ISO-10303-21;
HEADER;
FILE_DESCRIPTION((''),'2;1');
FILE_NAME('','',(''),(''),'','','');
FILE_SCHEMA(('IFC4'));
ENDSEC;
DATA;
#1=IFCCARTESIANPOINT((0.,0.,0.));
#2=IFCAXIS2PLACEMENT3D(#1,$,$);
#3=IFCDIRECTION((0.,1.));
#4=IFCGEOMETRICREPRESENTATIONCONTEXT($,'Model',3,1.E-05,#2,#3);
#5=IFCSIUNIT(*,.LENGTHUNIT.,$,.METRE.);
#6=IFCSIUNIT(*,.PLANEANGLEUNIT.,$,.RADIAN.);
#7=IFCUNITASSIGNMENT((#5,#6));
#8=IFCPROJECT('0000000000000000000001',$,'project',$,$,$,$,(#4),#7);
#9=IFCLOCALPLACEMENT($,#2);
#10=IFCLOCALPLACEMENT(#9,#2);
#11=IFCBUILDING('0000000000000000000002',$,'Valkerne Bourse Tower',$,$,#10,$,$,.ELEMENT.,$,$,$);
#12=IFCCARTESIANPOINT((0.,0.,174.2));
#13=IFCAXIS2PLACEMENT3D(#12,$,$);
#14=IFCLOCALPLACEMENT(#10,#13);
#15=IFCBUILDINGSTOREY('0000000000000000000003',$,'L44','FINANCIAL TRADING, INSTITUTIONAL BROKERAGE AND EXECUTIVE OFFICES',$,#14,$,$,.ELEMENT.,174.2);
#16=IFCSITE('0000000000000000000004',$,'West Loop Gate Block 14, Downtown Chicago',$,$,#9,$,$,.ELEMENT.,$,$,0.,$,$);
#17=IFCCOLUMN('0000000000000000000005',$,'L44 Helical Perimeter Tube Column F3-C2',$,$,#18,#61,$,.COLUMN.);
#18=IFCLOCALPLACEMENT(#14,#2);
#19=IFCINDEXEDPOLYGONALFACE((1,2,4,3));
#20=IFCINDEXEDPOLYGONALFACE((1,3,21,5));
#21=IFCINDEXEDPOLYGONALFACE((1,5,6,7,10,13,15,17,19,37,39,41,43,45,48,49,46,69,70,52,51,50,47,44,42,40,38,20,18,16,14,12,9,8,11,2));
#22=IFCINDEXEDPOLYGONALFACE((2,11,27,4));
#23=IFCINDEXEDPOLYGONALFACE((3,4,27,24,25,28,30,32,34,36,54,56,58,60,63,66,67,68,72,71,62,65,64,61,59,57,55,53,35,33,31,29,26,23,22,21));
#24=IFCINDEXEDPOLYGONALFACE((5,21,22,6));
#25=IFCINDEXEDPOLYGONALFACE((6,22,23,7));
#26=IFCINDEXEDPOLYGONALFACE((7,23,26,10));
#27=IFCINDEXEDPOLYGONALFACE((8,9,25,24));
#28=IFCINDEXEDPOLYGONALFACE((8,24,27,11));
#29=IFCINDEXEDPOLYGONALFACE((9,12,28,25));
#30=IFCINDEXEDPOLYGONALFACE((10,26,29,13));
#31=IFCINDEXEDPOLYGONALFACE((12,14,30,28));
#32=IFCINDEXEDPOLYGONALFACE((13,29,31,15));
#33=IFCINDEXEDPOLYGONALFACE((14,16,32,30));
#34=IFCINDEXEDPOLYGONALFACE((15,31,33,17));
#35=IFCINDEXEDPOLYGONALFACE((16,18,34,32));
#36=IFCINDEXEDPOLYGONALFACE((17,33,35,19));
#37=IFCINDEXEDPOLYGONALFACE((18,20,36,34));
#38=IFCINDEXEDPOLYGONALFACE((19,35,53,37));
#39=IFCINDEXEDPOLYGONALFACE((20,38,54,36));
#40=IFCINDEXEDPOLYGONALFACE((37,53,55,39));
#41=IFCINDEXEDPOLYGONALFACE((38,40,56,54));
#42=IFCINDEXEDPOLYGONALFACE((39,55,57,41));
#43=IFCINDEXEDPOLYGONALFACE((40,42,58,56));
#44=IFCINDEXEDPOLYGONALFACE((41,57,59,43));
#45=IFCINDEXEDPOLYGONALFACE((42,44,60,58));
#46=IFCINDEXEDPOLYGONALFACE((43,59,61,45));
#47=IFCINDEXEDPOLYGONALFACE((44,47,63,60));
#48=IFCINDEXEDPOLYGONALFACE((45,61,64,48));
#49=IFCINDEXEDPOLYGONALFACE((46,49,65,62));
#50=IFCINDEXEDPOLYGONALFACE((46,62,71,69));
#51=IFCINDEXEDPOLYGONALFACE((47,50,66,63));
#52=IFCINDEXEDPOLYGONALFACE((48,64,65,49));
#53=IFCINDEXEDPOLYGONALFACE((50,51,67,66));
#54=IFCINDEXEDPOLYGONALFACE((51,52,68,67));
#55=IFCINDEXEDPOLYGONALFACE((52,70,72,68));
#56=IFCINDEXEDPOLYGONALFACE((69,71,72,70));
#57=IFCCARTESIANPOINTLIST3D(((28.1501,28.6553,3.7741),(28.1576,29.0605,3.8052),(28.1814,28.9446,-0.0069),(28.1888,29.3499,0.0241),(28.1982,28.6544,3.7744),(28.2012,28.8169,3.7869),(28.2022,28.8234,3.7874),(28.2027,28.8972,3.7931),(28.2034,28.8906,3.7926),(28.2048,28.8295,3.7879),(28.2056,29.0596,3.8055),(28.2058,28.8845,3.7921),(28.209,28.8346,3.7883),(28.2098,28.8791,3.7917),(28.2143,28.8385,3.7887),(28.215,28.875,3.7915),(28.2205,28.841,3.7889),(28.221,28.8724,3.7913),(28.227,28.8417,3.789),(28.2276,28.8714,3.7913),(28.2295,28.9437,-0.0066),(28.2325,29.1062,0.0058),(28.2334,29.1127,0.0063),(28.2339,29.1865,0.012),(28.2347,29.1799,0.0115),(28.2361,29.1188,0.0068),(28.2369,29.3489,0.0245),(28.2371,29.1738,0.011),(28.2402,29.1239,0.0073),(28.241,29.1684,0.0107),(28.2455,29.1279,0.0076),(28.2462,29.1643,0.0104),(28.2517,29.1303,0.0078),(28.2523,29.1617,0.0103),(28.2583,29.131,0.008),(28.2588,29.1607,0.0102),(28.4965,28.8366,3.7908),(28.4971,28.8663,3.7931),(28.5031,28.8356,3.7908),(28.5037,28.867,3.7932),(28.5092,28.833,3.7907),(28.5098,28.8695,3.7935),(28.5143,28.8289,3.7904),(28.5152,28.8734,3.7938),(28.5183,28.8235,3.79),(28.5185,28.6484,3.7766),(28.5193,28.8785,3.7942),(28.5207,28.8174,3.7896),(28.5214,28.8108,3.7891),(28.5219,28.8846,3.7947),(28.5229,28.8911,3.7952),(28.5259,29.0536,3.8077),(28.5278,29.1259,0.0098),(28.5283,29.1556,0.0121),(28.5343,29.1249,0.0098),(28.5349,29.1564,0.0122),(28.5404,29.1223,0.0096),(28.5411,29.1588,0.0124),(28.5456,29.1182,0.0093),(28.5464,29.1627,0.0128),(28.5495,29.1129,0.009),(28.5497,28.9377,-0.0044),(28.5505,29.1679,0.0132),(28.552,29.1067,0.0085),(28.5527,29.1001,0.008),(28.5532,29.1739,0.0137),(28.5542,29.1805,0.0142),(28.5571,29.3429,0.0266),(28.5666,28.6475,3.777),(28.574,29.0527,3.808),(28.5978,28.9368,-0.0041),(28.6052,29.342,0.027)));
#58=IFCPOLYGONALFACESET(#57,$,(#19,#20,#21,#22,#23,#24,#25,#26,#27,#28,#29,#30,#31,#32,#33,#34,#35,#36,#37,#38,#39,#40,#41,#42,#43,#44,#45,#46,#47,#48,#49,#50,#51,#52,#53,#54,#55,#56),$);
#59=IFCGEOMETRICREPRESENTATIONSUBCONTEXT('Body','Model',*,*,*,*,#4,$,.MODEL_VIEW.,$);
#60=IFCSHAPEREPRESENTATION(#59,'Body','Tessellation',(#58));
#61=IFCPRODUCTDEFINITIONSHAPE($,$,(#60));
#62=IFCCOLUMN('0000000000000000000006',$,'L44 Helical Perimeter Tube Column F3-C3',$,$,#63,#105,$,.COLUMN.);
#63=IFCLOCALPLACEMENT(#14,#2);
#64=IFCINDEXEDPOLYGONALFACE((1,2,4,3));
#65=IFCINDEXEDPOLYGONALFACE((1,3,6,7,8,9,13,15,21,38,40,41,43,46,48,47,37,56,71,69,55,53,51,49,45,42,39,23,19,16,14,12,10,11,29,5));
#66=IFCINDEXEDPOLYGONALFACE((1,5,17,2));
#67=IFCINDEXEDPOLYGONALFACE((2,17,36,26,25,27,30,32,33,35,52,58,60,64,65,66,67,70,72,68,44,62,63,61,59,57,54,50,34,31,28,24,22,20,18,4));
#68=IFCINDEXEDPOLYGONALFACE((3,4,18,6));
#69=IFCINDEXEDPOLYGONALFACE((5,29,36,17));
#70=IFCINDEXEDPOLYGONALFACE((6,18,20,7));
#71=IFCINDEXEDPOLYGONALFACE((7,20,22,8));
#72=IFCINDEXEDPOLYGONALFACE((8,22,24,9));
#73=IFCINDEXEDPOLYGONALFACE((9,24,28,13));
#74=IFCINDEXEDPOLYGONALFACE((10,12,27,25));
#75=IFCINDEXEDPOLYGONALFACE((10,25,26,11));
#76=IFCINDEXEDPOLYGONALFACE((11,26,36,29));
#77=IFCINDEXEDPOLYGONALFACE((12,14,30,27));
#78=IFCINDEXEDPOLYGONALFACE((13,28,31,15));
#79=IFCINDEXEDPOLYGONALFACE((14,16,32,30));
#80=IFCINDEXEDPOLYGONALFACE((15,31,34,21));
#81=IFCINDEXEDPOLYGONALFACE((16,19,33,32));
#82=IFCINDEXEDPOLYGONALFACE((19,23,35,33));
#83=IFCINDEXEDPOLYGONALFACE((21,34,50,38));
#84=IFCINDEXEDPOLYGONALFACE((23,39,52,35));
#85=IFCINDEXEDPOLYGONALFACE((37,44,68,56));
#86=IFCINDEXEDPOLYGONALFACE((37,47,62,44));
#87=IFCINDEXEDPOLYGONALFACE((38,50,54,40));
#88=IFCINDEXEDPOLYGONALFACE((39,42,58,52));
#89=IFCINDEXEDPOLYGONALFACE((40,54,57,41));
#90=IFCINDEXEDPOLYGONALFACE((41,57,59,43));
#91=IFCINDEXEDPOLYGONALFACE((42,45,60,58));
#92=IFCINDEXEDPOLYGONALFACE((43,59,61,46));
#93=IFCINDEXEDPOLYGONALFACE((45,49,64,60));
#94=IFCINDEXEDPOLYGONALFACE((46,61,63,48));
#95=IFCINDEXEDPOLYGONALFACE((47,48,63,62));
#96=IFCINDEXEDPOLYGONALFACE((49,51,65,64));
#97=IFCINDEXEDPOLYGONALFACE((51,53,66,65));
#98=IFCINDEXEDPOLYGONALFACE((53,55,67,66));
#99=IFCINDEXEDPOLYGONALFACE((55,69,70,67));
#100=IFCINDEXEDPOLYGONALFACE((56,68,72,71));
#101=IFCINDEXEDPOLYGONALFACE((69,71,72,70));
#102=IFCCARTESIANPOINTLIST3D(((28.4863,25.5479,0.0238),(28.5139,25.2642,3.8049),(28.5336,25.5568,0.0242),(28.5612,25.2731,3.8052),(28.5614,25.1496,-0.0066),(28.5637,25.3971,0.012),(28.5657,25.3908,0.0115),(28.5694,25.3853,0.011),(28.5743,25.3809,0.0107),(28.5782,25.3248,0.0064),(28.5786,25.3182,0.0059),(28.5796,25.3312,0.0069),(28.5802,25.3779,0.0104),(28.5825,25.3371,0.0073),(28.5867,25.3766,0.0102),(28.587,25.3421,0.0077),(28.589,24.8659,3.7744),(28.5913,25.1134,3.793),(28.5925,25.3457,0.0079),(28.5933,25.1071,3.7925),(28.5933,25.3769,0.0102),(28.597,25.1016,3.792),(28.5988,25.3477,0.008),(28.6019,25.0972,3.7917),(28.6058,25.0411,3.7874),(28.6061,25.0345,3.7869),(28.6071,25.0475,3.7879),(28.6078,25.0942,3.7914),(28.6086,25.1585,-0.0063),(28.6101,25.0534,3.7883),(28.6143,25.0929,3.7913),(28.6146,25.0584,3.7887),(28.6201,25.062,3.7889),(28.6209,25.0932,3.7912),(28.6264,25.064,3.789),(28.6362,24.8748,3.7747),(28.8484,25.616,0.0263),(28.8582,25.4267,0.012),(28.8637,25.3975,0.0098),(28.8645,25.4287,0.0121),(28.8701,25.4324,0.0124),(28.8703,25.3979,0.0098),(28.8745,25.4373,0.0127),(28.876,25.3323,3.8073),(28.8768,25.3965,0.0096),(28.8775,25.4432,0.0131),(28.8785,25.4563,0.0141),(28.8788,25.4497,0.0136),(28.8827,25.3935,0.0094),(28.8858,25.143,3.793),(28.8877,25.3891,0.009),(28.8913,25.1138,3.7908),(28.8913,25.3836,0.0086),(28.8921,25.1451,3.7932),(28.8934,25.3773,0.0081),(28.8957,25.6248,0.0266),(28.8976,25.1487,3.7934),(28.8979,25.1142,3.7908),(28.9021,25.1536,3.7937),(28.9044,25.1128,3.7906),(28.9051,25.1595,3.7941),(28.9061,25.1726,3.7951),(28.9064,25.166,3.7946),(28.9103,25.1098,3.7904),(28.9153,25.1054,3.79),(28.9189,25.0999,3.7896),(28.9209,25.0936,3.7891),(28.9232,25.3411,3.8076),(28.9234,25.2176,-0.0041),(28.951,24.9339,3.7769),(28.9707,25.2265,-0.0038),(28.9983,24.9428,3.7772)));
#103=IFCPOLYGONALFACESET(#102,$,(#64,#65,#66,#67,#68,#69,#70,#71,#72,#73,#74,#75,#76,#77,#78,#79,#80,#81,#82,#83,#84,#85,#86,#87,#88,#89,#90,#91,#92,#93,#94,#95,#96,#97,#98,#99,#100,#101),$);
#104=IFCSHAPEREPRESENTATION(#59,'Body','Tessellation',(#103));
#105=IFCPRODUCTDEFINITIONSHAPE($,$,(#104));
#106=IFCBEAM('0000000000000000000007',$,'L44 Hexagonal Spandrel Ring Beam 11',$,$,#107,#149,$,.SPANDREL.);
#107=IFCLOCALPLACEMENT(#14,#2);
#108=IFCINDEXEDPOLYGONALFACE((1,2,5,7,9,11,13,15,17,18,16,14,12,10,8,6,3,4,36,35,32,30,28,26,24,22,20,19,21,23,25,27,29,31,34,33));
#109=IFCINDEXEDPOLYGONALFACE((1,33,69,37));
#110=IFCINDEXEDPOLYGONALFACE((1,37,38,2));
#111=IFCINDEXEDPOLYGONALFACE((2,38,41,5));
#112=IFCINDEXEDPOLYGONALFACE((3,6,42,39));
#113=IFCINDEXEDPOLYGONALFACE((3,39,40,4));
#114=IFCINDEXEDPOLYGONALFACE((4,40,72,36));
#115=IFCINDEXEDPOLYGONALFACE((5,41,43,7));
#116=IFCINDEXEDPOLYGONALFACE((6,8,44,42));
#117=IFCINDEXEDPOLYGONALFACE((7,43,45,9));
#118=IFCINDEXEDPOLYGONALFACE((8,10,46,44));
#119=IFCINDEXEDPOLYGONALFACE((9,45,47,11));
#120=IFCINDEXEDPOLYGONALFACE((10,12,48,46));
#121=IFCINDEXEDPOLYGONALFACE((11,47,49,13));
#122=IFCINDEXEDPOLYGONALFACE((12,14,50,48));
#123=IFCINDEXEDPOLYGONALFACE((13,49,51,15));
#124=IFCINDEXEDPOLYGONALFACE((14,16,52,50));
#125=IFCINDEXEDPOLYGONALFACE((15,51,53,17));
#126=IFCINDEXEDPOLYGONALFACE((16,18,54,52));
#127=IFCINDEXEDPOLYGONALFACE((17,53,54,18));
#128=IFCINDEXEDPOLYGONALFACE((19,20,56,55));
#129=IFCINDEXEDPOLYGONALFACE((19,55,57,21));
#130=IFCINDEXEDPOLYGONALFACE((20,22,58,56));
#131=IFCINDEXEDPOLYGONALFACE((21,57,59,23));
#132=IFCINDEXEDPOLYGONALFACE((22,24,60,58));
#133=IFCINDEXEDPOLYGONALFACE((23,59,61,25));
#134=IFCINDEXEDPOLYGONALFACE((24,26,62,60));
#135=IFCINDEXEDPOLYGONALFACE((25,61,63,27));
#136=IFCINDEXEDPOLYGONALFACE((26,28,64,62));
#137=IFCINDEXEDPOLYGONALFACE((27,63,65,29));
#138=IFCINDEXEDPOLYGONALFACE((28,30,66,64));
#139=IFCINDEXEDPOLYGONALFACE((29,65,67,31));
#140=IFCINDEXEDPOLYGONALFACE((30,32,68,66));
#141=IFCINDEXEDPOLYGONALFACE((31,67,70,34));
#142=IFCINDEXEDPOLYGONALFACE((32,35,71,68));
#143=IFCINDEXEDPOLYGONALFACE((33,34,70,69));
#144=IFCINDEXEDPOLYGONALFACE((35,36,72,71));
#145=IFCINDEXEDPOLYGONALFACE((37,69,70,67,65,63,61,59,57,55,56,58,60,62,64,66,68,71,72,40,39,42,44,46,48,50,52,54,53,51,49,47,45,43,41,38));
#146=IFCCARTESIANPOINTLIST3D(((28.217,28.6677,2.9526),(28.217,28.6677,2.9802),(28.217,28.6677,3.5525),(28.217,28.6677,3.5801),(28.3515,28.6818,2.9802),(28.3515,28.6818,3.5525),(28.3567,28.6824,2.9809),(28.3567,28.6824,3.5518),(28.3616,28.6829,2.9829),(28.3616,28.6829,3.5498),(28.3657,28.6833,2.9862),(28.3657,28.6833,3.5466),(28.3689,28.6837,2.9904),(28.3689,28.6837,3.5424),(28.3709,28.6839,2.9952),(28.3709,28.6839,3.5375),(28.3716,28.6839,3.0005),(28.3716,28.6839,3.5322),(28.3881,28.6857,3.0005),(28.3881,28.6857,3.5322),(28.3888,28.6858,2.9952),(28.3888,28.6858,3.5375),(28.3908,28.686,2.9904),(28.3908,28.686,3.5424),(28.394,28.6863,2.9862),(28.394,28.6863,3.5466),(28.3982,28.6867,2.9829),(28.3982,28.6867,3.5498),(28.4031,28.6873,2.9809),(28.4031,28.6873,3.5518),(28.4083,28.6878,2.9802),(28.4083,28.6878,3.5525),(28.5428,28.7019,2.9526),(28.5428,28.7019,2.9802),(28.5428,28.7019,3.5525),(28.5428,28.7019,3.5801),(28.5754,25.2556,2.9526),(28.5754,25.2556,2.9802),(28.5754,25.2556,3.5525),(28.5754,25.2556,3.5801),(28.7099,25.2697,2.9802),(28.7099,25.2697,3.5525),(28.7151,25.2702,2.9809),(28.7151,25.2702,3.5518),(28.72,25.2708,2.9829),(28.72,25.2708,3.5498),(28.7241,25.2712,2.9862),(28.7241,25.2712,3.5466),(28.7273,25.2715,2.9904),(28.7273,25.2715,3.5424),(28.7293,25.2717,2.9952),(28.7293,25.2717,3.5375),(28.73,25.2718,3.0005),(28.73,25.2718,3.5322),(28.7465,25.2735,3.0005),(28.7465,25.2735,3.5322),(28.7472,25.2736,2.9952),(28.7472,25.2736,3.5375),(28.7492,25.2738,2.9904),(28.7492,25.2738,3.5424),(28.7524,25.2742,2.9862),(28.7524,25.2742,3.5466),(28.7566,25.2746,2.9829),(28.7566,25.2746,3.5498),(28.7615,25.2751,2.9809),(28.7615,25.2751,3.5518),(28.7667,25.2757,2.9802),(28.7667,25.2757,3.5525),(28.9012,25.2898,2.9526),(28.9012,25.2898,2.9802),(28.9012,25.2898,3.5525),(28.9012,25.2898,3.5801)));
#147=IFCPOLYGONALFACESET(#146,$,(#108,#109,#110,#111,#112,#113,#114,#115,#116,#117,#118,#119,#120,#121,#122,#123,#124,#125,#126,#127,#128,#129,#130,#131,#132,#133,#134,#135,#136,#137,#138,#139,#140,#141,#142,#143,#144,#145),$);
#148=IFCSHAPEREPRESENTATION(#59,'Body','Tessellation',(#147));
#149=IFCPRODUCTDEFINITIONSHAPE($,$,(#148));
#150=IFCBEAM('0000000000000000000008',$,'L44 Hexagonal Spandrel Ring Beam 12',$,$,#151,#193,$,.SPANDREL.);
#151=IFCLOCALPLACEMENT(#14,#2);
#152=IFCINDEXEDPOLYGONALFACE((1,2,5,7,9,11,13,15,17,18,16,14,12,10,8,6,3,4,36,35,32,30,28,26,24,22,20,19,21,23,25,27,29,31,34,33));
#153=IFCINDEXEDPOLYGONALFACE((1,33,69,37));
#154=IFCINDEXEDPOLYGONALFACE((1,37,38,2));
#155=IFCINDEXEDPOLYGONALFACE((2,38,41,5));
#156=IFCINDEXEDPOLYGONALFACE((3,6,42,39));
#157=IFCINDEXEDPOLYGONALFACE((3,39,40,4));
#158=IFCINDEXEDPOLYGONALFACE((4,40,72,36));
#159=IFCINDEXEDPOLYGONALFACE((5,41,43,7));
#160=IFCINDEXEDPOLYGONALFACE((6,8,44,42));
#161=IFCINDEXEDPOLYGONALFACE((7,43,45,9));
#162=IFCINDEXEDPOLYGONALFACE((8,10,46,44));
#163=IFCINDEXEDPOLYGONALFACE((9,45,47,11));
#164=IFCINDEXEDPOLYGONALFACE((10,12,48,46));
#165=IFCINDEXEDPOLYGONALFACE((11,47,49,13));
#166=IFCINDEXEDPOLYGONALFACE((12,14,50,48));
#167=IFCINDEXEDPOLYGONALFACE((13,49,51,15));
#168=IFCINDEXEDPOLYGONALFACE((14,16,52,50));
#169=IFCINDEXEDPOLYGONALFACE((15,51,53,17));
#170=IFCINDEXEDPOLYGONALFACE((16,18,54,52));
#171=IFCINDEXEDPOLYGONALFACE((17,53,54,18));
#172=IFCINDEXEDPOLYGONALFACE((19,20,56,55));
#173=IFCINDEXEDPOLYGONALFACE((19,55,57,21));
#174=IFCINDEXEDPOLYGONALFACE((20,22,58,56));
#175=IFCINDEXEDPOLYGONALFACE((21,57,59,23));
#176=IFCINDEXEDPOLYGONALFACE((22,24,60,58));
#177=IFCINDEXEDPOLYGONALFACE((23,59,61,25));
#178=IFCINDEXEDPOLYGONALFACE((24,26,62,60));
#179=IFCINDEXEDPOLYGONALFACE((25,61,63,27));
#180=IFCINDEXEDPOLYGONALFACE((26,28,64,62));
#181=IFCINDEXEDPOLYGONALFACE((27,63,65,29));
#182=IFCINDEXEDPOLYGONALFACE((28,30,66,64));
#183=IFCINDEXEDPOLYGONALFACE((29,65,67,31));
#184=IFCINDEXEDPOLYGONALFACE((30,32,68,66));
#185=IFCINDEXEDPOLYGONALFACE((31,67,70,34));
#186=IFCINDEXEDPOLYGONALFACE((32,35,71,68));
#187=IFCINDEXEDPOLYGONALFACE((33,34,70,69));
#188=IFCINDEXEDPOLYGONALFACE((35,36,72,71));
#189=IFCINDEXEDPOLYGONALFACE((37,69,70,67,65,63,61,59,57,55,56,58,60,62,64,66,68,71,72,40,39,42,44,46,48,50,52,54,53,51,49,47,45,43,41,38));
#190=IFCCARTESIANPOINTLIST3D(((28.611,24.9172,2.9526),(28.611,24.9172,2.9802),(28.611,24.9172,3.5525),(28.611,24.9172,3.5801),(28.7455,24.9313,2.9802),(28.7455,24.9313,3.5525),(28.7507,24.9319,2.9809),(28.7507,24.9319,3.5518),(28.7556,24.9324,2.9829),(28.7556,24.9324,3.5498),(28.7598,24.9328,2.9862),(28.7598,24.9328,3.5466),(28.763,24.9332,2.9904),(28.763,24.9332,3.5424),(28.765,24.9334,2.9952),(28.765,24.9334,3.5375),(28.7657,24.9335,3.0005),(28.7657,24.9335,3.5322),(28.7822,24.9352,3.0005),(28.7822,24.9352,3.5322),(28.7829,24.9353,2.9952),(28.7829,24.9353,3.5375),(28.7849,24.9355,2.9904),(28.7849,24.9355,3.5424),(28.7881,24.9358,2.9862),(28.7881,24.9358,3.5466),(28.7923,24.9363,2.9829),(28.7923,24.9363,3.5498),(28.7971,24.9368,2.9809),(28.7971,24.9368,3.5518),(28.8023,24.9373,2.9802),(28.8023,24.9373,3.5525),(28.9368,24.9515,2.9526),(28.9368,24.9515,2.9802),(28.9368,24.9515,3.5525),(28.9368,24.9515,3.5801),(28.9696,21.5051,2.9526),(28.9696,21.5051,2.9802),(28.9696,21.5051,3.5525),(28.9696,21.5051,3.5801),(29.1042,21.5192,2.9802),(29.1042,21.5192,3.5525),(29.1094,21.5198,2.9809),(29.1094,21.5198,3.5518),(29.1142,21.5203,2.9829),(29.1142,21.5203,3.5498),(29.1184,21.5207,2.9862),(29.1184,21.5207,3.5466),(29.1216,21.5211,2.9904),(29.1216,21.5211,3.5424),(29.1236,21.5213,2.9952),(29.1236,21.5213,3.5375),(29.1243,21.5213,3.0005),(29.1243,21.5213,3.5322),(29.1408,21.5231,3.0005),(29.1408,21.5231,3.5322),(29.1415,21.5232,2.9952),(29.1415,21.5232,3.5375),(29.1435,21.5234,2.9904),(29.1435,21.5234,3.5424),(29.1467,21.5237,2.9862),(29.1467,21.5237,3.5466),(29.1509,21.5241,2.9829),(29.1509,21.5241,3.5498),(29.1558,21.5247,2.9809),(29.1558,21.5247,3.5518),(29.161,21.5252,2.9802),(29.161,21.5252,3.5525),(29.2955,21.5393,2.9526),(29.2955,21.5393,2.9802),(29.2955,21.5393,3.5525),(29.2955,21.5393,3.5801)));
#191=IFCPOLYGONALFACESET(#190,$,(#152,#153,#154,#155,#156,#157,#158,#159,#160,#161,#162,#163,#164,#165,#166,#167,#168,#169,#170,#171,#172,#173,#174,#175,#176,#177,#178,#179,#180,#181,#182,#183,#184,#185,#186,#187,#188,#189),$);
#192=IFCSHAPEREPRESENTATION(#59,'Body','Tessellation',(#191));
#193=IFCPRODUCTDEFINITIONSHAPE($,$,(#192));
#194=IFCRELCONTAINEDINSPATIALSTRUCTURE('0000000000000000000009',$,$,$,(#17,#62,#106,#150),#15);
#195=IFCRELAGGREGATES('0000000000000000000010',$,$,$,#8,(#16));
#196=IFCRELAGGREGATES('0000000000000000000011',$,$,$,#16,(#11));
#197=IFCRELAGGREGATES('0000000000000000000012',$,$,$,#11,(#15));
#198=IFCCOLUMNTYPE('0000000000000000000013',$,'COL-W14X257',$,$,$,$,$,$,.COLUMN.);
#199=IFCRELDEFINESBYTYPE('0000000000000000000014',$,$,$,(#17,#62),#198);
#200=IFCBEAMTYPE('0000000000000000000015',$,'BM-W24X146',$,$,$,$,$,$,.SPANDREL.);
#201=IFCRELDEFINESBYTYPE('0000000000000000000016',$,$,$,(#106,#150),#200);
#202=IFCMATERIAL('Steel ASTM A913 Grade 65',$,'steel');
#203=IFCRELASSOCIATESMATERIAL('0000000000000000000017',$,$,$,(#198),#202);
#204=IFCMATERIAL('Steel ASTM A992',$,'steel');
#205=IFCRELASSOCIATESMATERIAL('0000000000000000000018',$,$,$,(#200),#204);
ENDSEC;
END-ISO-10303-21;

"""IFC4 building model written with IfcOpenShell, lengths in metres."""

from ifc_helpers import new_model, si_unit, direction, frame, origin, origin_2d, place, context, subcontext, project, spatial, i_section, extrude, material, material_profile, profile_set, type_object, element, save


model = new_model("IFC4")

# Units and contexts
model_context = context("Model", 3, precision=1e-05, world=origin(), true_north=direction((0.0, 1.0)))
body_context = subcontext(model_context, "Body", "Model", "MODEL_VIEW")
ifc_project = project(units=[si_unit("LENGTHUNIT", "METRE"), si_unit("PLANEANGLEUNIT", "RADIAN")], contexts=[model_context])

# Site, building, storey
site_placement = place(None, origin())
site = spatial("IfcSite", under=ifc_project, at=site_placement, Name="West Loop Gate Block 14, Downtown Chicago", CompositionType="ELEMENT", RefElevation=0.0)
building_placement = place(site_placement, origin())
building = spatial("IfcBuilding", under=site, at=building_placement, Name="Valkerne Bourse Tower", CompositionType="ELEMENT")
storey_placement = place(building_placement, frame((0.0, 0.0, 174.2)))
storey = spatial("IfcBuildingStorey", under=building, at=storey_placement, Name="L44", Description="FINANCIAL TRADING, INSTITUTIONAL BROKERAGE AND EXECUTIVE OFFICES", CompositionType="ELEMENT", Elevation=174.2)

# Columns
ifc_material_1 = material(Name="Steel ASTM A913 Grade 65", Category="steel")
ifc_material_profile_1 = material_profile(ifc_material_1, i_section(OverallWidth=0.4065, OverallDepth=0.4165, WebThickness=0.0298, FlangeThickness=0.0481, FilletRadius=0.0254, at=origin_2d()), Name="W14X257")
ifc_profile_set_1 = profile_set([ifc_material_profile_1], Name="Steel ASTM A913 Grade 65")
column_type = type_object("IfcColumnType", Name="COL-W14X257", PredefinedType="COLUMN", material=ifc_profile_set_1)
column_1_placement = place(storey_placement, frame((28.3933, 29.1433, 0.01), z_axis=(-0.008241, -0.07629, 0.997052), x_axis=(-0.018271, -0.996908, -0.07643)))
element("IfcColumn", 1, at=column_1_placement, inside=storey, type_object=column_type, Name="L44 Helical Perimeter Tube Column F3-C2", PredefinedType="COLUMN", context=body_context, shape_type="SweptSolid", body=[
    extrude(i_section(OverallWidth=0.4065, OverallDepth=0.4165, WebThickness=0.0298, FlangeThickness=0.0481, FilletRadius=0.0254, at=origin_2d()), origin(), (0.0, 0.0, 1.0), 3.7922),
])
column_2_placement = place(storey_placement, frame((28.7285, 25.3872, 0.01), z_axis=(0.007276, -0.074818, 0.997171), x_axis=(0.184611, -0.979956, -0.074874)))
element("IfcColumn", 2, at=column_2_placement, inside=storey, type_object=column_type, Name="L44 Helical Perimeter Tube Column F3-C3", PredefinedType="COLUMN", context=body_context, shape_type="SweptSolid", body=[
    extrude(i_section(OverallWidth=0.4065, OverallDepth=0.4165, WebThickness=0.0298, FlangeThickness=0.0481, FilletRadius=0.0254, at=origin_2d()), origin(), (0.0, 0.0, 1.0), 3.7917),
])

# Beams
ifc_material_2 = material(Name="Steel ASTM A992", Category="steel")
ifc_material_profile_2 = material_profile(ifc_material_2, i_section(OverallWidth=0.3276, OverallDepth=0.6274, WebThickness=0.0166, FlangeThickness=0.0276, FilletRadius=0.0203, at=origin_2d()), Name="W24X146")
ifc_profile_set_2 = profile_set([ifc_material_profile_2], Name="Steel ASTM A992")
beam_type = type_object("IfcBeamType", Name="BM-W24X146", PredefinedType="SPANDREL", material=ifc_profile_set_2)
for number, where, z_axis, x_axis, name in (
    (3, (28.3799, 28.6848, 3.2664), (0.104463, -0.994529, 0.0), (0.994529, 0.104463, 0.0), "L44 Hexagonal Spandrel Ring Beam 11"),
    (4, (28.7739, 24.9343, 3.2664), (0.104533, -0.994521, 0.0), (0.994521, 0.104533, 0.0), "L44 Hexagonal Spandrel Ring Beam 12"),
):
    element("IfcBeam", number, at=place(storey_placement, frame(where, z_axis=z_axis, x_axis=x_axis)), inside=storey, type_object=beam_type, Name=name, PredefinedType="SPANDREL", context=body_context, shape_type="SweptSolid", body=[
        extrude(i_section(OverallWidth=0.3276, OverallDepth=0.6274, WebThickness=0.0166, FlangeThickness=0.0276, FilletRadius=0.0203, at=origin_2d()), origin(), (0.0, 0.0, 1.0), 3.4309),
    ])

save(model, "model.ifc")
